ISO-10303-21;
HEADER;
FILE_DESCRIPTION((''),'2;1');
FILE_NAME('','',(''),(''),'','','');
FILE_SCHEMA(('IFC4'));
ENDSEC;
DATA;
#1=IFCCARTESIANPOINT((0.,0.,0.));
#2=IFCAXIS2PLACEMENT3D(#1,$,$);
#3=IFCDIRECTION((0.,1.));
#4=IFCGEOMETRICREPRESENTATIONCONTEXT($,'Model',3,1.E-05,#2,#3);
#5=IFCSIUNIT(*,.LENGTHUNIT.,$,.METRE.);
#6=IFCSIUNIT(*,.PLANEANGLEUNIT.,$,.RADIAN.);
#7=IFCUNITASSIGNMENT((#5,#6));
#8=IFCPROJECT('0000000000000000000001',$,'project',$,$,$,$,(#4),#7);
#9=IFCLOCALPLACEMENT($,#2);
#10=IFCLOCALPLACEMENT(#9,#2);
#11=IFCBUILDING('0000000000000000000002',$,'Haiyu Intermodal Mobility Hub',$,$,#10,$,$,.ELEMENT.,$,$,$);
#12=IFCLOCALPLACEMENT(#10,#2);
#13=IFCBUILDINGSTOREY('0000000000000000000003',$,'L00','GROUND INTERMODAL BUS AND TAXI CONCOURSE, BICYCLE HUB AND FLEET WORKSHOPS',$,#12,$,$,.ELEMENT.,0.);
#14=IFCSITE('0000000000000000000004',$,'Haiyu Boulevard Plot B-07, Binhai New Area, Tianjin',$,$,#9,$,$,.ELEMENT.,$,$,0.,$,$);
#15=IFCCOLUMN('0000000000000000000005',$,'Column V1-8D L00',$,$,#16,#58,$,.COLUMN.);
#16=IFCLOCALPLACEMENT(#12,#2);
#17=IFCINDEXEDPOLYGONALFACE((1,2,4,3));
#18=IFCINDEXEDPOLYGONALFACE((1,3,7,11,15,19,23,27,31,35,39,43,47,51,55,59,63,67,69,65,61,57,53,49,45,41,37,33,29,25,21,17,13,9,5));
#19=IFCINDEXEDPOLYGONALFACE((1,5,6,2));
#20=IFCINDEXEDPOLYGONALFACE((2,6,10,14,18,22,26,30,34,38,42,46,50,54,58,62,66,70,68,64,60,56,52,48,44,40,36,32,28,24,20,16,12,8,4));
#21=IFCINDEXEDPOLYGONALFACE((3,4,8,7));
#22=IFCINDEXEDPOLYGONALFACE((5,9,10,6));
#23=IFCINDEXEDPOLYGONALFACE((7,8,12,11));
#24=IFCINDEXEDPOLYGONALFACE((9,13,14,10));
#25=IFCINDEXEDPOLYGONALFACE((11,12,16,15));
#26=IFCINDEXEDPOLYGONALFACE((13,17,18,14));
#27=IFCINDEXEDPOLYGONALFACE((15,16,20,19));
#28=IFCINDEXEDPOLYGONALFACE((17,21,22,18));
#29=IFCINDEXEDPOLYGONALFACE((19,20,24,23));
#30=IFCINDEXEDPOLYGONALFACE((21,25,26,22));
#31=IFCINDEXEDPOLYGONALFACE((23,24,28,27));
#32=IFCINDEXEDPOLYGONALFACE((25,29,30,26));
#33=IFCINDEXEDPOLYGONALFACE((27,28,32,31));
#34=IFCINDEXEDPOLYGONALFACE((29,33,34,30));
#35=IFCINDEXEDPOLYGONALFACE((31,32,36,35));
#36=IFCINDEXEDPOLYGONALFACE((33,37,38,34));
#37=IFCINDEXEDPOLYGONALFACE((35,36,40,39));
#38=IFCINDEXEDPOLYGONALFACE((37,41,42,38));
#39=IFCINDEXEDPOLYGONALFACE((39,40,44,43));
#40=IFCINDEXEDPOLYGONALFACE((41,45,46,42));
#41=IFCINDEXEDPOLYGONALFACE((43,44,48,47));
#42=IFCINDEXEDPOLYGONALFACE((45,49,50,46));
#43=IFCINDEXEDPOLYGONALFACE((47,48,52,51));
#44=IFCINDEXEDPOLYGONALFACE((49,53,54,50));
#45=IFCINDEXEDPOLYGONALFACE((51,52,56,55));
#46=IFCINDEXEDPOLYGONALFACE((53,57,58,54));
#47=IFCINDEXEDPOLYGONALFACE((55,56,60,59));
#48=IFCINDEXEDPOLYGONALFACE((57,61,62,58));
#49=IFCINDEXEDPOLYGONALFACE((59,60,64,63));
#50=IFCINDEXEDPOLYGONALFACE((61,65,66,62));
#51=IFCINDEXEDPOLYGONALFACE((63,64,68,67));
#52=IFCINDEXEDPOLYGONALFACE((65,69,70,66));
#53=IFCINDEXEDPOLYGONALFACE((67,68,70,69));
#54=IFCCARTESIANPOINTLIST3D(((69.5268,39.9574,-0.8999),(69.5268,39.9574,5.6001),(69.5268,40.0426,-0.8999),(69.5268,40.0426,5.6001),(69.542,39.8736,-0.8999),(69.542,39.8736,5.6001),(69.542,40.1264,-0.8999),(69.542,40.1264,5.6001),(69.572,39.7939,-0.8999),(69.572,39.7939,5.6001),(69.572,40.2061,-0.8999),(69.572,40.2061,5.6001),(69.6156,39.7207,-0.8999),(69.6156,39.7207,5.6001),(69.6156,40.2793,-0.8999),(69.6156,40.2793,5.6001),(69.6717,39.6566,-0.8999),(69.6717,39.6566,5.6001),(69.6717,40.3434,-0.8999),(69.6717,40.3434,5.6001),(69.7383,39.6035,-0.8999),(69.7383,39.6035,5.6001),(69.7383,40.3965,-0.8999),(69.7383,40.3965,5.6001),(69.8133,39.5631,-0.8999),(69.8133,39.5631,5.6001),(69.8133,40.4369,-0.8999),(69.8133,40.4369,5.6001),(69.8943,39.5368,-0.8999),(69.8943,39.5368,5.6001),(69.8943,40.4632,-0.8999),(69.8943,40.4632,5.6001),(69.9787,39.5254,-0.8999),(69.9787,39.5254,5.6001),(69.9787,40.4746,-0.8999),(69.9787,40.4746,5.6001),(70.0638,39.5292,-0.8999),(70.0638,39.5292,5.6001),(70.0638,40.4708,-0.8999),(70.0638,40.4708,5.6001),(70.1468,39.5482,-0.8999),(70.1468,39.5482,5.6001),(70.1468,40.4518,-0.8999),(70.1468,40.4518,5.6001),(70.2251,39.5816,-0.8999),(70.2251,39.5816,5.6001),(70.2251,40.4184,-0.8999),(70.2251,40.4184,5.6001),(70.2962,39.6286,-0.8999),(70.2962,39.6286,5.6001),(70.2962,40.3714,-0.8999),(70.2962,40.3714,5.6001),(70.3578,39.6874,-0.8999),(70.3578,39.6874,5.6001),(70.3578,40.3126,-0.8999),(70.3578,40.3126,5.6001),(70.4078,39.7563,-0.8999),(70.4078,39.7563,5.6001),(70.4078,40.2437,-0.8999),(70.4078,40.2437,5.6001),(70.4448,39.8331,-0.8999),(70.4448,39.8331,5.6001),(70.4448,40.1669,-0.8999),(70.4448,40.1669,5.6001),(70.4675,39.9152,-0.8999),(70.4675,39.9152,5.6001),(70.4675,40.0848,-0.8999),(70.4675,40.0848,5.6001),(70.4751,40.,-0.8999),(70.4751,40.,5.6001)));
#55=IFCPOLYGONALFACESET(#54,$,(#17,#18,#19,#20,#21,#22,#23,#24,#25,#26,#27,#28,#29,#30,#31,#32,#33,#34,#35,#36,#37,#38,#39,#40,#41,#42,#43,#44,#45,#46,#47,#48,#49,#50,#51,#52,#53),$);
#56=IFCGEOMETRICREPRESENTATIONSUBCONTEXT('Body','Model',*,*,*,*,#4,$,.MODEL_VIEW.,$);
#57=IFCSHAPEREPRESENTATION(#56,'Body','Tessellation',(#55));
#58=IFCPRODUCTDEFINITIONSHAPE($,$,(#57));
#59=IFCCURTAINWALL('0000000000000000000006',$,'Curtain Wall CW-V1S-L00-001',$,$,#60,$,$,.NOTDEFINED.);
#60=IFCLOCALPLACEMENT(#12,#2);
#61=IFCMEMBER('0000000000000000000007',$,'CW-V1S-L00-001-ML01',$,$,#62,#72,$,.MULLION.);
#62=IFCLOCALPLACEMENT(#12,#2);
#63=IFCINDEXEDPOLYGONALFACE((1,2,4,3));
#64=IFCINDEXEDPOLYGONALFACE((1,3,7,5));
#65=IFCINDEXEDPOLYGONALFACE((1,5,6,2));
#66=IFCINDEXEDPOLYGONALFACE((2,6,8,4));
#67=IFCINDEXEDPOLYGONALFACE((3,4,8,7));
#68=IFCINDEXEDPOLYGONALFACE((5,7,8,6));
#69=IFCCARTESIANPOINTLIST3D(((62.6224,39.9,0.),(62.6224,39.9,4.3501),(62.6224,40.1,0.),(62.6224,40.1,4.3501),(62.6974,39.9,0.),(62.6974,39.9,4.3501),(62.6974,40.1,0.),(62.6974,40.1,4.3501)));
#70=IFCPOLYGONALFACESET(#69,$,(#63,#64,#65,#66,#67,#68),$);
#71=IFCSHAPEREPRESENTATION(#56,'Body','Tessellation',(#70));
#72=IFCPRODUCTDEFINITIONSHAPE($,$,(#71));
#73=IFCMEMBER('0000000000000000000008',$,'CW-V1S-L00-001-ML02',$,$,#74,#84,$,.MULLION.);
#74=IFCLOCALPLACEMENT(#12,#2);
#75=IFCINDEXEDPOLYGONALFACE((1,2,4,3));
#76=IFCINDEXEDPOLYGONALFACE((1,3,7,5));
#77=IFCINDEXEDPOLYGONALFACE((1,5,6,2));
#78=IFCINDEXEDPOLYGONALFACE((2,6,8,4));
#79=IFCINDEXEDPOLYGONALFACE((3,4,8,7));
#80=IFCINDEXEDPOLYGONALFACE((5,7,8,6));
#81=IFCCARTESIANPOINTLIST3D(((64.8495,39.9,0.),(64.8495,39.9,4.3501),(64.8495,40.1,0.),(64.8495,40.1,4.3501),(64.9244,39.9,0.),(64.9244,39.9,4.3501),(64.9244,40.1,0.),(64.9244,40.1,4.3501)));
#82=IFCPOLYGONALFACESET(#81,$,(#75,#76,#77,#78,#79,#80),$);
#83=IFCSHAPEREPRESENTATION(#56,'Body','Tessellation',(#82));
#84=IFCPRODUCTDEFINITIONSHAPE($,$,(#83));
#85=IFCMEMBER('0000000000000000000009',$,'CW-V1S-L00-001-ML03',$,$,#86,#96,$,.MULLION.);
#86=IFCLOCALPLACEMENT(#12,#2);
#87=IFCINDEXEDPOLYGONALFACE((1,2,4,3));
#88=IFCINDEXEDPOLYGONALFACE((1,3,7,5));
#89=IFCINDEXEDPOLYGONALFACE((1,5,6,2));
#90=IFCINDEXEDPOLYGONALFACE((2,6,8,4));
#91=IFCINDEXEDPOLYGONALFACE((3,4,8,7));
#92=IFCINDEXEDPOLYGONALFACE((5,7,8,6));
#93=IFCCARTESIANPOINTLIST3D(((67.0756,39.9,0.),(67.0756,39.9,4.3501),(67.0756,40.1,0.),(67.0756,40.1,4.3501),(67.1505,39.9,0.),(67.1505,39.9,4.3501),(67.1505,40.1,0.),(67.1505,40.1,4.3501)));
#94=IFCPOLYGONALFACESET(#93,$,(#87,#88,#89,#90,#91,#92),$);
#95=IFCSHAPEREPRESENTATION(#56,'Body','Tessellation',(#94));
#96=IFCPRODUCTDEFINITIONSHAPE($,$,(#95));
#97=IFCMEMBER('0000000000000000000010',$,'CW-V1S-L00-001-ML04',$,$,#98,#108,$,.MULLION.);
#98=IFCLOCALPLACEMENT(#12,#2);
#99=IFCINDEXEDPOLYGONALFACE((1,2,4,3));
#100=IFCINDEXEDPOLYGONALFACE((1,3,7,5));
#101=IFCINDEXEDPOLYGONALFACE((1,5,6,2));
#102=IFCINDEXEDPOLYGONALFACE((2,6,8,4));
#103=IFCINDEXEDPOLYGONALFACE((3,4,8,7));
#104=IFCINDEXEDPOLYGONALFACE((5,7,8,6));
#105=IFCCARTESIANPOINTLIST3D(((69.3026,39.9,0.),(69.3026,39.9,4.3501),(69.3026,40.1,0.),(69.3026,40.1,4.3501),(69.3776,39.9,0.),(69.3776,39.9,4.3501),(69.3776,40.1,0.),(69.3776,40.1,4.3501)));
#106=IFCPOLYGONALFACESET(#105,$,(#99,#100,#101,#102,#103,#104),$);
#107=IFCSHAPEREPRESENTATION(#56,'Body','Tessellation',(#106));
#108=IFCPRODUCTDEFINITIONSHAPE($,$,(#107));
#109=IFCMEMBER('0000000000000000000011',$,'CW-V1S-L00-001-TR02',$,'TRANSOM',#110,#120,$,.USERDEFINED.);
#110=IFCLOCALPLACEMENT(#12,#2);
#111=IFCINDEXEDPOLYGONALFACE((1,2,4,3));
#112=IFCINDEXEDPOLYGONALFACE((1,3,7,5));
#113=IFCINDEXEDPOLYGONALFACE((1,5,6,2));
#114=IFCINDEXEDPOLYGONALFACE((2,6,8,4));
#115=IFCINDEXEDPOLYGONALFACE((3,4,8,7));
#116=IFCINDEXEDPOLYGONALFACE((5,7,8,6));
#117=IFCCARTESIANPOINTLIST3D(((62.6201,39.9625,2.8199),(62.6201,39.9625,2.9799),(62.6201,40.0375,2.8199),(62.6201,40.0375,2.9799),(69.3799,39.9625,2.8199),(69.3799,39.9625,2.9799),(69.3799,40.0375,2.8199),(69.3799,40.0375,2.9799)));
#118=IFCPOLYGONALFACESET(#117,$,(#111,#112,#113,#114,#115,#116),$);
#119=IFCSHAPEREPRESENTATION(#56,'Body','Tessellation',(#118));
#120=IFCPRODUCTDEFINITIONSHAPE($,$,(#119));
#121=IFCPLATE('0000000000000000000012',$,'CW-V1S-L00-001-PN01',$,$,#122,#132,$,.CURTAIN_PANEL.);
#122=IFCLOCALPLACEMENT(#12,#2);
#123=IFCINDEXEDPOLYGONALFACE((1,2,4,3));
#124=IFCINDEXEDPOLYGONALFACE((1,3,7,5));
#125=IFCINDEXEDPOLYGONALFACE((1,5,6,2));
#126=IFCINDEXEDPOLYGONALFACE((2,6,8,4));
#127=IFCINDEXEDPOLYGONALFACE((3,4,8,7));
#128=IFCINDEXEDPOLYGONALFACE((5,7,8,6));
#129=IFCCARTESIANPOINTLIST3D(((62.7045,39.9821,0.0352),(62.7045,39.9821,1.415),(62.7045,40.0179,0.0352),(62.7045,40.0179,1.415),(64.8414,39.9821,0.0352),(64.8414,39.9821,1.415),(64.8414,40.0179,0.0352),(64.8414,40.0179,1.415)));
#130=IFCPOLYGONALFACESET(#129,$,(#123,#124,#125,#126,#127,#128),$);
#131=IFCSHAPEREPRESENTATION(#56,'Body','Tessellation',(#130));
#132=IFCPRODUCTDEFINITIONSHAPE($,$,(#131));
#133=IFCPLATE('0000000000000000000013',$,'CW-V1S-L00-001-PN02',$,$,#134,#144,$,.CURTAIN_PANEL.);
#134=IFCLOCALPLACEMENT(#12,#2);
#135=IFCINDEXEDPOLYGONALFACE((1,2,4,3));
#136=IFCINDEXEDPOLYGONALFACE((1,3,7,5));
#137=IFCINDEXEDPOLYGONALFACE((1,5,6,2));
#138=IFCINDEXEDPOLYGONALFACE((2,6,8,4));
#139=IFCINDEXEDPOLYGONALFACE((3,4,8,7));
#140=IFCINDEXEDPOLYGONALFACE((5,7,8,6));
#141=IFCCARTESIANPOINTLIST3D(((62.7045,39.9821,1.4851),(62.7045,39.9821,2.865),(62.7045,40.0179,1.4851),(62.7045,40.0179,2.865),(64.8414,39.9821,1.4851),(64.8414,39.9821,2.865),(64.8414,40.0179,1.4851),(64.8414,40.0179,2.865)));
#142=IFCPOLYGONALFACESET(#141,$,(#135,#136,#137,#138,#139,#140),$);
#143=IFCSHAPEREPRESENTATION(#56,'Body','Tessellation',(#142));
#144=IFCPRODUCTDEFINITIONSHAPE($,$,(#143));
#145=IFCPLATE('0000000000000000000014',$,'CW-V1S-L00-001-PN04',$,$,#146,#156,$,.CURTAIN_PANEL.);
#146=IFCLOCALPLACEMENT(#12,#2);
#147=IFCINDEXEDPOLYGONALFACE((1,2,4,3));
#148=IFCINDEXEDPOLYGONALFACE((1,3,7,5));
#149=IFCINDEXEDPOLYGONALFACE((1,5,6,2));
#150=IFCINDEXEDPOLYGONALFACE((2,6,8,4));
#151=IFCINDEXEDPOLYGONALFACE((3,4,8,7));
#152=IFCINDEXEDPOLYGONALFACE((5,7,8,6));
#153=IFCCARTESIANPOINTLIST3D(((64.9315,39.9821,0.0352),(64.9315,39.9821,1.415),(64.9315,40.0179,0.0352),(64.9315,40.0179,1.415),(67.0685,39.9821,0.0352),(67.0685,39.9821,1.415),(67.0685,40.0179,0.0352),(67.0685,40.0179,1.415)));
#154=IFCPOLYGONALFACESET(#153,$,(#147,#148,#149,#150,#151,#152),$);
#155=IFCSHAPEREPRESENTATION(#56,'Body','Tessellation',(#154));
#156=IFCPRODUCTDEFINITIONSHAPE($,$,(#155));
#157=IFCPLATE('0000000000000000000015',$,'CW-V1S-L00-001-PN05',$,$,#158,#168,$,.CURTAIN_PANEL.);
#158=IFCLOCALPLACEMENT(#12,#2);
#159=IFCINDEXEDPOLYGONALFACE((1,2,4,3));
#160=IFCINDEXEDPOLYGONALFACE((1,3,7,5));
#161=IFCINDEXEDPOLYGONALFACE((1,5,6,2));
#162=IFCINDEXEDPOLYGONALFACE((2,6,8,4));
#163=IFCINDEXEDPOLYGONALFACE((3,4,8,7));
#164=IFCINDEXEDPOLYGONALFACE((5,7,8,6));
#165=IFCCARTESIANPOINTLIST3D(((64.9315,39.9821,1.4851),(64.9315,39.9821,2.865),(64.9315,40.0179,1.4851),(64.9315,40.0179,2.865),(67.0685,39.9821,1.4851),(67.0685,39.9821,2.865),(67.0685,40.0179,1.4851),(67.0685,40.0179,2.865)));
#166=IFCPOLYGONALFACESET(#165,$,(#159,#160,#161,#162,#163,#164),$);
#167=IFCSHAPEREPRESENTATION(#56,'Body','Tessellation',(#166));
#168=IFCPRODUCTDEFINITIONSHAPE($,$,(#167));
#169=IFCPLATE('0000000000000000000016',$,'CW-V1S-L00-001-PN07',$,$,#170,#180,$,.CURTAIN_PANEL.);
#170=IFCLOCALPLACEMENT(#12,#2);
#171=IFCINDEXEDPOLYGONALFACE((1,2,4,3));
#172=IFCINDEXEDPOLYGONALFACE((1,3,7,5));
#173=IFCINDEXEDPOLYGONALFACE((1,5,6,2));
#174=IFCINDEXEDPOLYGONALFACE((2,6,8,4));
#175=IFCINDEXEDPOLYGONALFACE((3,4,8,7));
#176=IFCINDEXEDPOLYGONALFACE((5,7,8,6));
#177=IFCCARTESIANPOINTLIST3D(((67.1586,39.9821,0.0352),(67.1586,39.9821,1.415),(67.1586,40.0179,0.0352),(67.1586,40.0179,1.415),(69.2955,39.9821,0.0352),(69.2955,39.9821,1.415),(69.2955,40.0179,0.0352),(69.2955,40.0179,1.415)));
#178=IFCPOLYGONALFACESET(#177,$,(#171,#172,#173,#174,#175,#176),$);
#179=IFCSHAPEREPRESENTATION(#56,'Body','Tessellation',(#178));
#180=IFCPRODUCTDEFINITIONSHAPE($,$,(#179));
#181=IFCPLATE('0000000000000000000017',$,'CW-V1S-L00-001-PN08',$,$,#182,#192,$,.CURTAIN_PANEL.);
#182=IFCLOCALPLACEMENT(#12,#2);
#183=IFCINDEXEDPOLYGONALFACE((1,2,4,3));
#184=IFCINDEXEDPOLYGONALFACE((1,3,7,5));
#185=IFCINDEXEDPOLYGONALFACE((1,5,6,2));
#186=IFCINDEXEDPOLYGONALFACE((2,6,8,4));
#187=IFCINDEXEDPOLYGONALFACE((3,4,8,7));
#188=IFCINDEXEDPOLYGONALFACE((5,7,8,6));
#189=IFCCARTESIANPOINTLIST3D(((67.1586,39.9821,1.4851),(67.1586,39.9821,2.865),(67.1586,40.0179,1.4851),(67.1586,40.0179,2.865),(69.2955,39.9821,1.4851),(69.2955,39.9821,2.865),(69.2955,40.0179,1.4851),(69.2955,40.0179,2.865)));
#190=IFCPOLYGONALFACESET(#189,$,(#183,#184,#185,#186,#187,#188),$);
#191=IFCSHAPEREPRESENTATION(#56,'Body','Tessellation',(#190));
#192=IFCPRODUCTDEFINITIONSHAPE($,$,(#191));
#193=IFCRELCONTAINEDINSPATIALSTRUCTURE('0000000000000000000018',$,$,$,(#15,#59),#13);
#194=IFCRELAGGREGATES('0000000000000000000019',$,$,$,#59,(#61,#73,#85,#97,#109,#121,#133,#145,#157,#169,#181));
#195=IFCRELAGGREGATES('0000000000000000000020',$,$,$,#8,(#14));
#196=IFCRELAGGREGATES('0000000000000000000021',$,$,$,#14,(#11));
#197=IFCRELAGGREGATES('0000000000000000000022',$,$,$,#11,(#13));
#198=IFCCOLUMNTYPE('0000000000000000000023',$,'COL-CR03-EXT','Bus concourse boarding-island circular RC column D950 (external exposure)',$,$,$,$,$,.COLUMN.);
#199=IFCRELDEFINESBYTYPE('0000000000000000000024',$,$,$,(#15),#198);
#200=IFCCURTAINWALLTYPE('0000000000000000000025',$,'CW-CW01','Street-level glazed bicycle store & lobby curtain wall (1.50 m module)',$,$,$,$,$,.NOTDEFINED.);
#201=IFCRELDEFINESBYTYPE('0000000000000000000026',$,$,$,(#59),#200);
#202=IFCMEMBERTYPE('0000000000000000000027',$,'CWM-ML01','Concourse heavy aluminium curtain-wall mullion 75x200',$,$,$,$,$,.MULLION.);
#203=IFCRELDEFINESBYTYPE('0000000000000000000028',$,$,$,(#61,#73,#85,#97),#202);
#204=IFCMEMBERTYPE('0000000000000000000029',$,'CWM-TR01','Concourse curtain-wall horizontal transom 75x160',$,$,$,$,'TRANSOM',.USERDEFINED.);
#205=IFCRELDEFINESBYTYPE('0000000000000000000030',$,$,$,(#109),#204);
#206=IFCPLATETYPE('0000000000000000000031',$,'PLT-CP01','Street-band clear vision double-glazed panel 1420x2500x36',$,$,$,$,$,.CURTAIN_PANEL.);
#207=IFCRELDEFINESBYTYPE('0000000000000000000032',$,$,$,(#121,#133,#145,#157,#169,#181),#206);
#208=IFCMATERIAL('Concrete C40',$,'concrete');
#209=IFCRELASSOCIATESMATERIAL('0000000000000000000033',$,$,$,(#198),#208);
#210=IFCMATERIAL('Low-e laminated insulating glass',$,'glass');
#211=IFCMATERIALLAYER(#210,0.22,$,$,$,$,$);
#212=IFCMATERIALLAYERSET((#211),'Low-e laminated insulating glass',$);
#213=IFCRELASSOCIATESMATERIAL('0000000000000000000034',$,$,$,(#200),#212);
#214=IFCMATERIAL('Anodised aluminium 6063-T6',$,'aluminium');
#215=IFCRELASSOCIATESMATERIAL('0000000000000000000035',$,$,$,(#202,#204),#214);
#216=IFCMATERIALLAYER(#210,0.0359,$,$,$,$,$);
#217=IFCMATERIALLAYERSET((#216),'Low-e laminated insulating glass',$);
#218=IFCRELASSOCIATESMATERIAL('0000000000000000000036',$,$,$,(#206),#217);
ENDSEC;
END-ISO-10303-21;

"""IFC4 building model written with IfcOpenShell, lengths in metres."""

from ifc_helpers import new_model, si_unit, direction, frame, origin, origin_2d, place, context, subcontext, project, spatial, rectangle, circle, extrude, material, layer, layer_set, material_profile, profile_set, type_object, element, aggregate, save


model = new_model("IFC4")

# Units and contexts
model_context = context("Model", 3, precision=1e-05, world=origin(), true_north=direction((0.0, 1.0)))
body_context = subcontext(model_context, "Body", "Model", "MODEL_VIEW")
ifc_project = project(units=[si_unit("LENGTHUNIT", "METRE"), si_unit("PLANEANGLEUNIT", "RADIAN")], contexts=[model_context])

# Site, building, storey
site_placement = place(None, origin())
site = spatial("IfcSite", under=ifc_project, at=site_placement, Name="Haiyu Boulevard Plot B-07, Binhai New Area, Tianjin", CompositionType="ELEMENT", RefElevation=0.0)
building_placement = place(site_placement, origin())
building = spatial("IfcBuilding", under=site, at=building_placement, Name="Haiyu Intermodal Mobility Hub", CompositionType="ELEMENT")
storey_placement = place(building_placement, origin())
storey = spatial("IfcBuildingStorey", under=building, at=storey_placement, Name="L00", Description="GROUND INTERMODAL BUS AND TAXI CONCOURSE, BICYCLE HUB AND FLEET WORKSHOPS", CompositionType="ELEMENT", Elevation=0.0)

# Shared definitions
ifc_material_1 = material(Name="Concrete C40", Category="concrete")

# Column
ifc_material_profile_1 = material_profile(ifc_material_1, circle(Radius=0.4751, at=origin_2d()), Name="RCCOL-D950")
ifc_profile_set_1 = profile_set([ifc_material_profile_1], Name="Concrete C40")
column_type = type_object("IfcColumnType", Name="COL-CR03-EXT", Description="Bus concourse boarding-island circular RC column D950 (external exposure)", PredefinedType="COLUMN", material=ifc_profile_set_1)
column_placement = place(storey_placement, frame((70.0, 40.0, -0.8999), z_axis=(0.0, 0.0, 1.0), x_axis=(1.0, 0.0, 0.0)))
element("IfcColumn", 1, at=column_placement, inside=storey, type_object=column_type, Name="Column V1-8D L00", PredefinedType="COLUMN", context=body_context, shape_type="SweptSolid", body=[
    extrude(circle(Radius=0.4751, at=origin_2d()), origin(), (0.0, 0.0, 1.0), 6.5),
])

# Curtain wall, members, plates
ifc_material_2 = material(Name="Low-e laminated insulating glass", Category="glass")
ifc_layer_1 = layer(ifc_material_2, 0.22)
ifc_layer_set_1 = layer_set([ifc_layer_1], Name="Low-e laminated insulating glass")
curtain_wall_type = type_object("IfcCurtainWallType", Name="CW-CW01", Description="Street-level glazed bicycle store & lobby curtain wall (1.50 m module)", PredefinedType="NOTDEFINED", material=ifc_layer_set_1)
curtain_wall_placement = place(storey_placement, origin())
curtain_wall = element("IfcCurtainWall", 2, at=curtain_wall_placement, inside=storey, type_object=curtain_wall_type, Name="Curtain Wall CW-V1S-L00-001", PredefinedType="NOTDEFINED")
ifc_material_3 = material(Name="Anodised aluminium 6063-T6", Category="aluminium")
ifc_material_profile_2 = material_profile(ifc_material_3, rectangle(XDim=0.075, YDim=0.2, at=origin_2d()), Name="ALU75x200")
ifc_profile_set_2 = profile_set([ifc_material_profile_2], Name="Anodised aluminium 6063-T6")
member_type_1 = type_object("IfcMemberType", Name="CWM-ML01", Description="Concourse heavy aluminium curtain-wall mullion 75x200", PredefinedType="MULLION", material=ifc_profile_set_2)
member_1_placement = place(storey_placement, frame((62.6599, 40.0, 0.0), z_axis=(0.0, 0.0, 1.0), x_axis=(1.0, 0.0, 0.0)))
member_1 = element("IfcMember", 3, at=member_1_placement, type_object=member_type_1, Name="CW-V1S-L00-001-ML01", PredefinedType="MULLION", context=body_context, shape_type="SweptSolid", body=[
    extrude(rectangle(XDim=0.075, YDim=0.2, at=origin_2d()), origin(), (0.0, 0.0, 1.0), 4.3501),
])
member_2_placement = place(storey_placement, frame((64.887, 40.0, 0.0), z_axis=(0.0, 0.0, 1.0), x_axis=(1.0, 0.0, 0.0)))
member_2 = element("IfcMember", 4, at=member_2_placement, type_object=member_type_1, Name="CW-V1S-L00-001-ML02", PredefinedType="MULLION", context=body_context, shape_type="SweptSolid", body=[
    extrude(rectangle(XDim=0.075, YDim=0.2, at=origin_2d()), origin(), (0.0, 0.0, 1.0), 4.3501),
])
member_3_placement = place(storey_placement, frame((67.113, 40.0, 0.0), z_axis=(0.0, 0.0, 1.0), x_axis=(1.0, 0.0, 0.0)))
member_3 = element("IfcMember", 5, at=member_3_placement, type_object=member_type_1, Name="CW-V1S-L00-001-ML03", PredefinedType="MULLION", context=body_context, shape_type="SweptSolid", body=[
    extrude(rectangle(XDim=0.075, YDim=0.2, at=origin_2d()), origin(), (0.0, 0.0, 1.0), 4.3501),
])
member_4_placement = place(storey_placement, frame((69.3401, 40.0, 0.0), z_axis=(0.0, 0.0, 1.0), x_axis=(1.0, 0.0, 0.0)))
member_4 = element("IfcMember", 6, at=member_4_placement, type_object=member_type_1, Name="CW-V1S-L00-001-ML04", PredefinedType="MULLION", context=body_context, shape_type="SweptSolid", body=[
    extrude(rectangle(XDim=0.075, YDim=0.2, at=origin_2d()), origin(), (0.0, 0.0, 1.0), 4.3501),
])
ifc_material_profile_3 = material_profile(ifc_material_3, rectangle(XDim=0.075, YDim=0.1599, at=origin_2d()), Name="ALU75x160")
ifc_profile_set_3 = profile_set([ifc_material_profile_3], Name="Anodised aluminium 6063-T6")
member_type_2 = type_object("IfcMemberType", Name="CWM-TR01", Description="Concourse curtain-wall horizontal transom 75x160", ElementType="TRANSOM", PredefinedType="USERDEFINED", material=ifc_profile_set_3)
member_5_placement = place(storey_placement, frame((62.6201, 40.0, 2.8999), z_axis=(1.0, 0.0, 0.0), x_axis=(0.0, 1.0, 0.0)))
member_5 = element("IfcMember", 7, at=member_5_placement, type_object=member_type_2, Name="CW-V1S-L00-001-TR02", ObjectType="TRANSOM", PredefinedType="USERDEFINED", context=body_context, shape_type="SweptSolid", body=[
    extrude(rectangle(XDim=0.075, YDim=0.1599, at=origin_2d()), origin(), (0.0, 0.0, 1.0), 6.7598),
])
ifc_layer_2 = layer(ifc_material_2, 0.0359)
ifc_layer_set_2 = layer_set([ifc_layer_2], Name="Low-e laminated insulating glass")
plate_type_1 = type_object("IfcPlateType", Name="PLT-CP01", Description="Street-band clear vision double-glazed panel 1420x2500x36", PredefinedType="CURTAIN_PANEL", material=ifc_layer_set_2)
plate_1_placement = place(storey_placement, frame((63.7729, 40.0, 0.0352), z_axis=(0.0, 0.0, 1.0), x_axis=(1.0, 0.0, 0.0)))
plate_1 = element("IfcPlate", 8, at=plate_1_placement, type_object=plate_type_1, Name="CW-V1S-L00-001-PN01", PredefinedType="CURTAIN_PANEL", context=body_context, shape_type="SweptSolid", body=[
    extrude(rectangle(XDim=2.137, YDim=0.0359, at=origin_2d()), origin(), (0.0, 0.0, 1.0), 1.3799),
])
plate_2_placement = place(storey_placement, frame((63.7729, 40.0, 1.4851), z_axis=(0.0, 0.0, 1.0), x_axis=(1.0, 0.0, 0.0)))
plate_2 = element("IfcPlate", 9, at=plate_2_placement, type_object=plate_type_1, Name="CW-V1S-L00-001-PN02", PredefinedType="CURTAIN_PANEL", context=body_context, shape_type="SweptSolid", body=[
    extrude(rectangle(XDim=2.137, YDim=0.0359, at=origin_2d()), origin(), (0.0, 0.0, 1.0), 1.3799),
])
plate_3_placement = place(storey_placement, frame((66.0, 40.0, 0.0352), z_axis=(0.0, 0.0, 1.0), x_axis=(1.0, 0.0, 0.0)))
plate_3 = element("IfcPlate", 10, at=plate_3_placement, type_object=plate_type_1, Name="CW-V1S-L00-001-PN04", PredefinedType="CURTAIN_PANEL", context=body_context, shape_type="SweptSolid", body=[
    extrude(rectangle(XDim=2.137, YDim=0.0359, at=origin_2d()), origin(), (0.0, 0.0, 1.0), 1.3799),
])
plate_4_placement = place(storey_placement, frame((66.0, 40.0, 1.4851), z_axis=(0.0, 0.0, 1.0), x_axis=(1.0, 0.0, 0.0)))
plate_4 = element("IfcPlate", 11, at=plate_4_placement, type_object=plate_type_1, Name="CW-V1S-L00-001-PN05", PredefinedType="CURTAIN_PANEL", context=body_context, shape_type="SweptSolid", body=[
    extrude(rectangle(XDim=2.137, YDim=0.0359, at=origin_2d()), origin(), (0.0, 0.0, 1.0), 1.3799),
])
plate_5_placement = place(storey_placement, frame((68.2271, 40.0, 0.0352), z_axis=(0.0, 0.0, 1.0), x_axis=(1.0, 0.0, 0.0)))
plate_5 = element("IfcPlate", 12, at=plate_5_placement, type_object=plate_type_1, Name="CW-V1S-L00-001-PN07", PredefinedType="CURTAIN_PANEL", context=body_context, shape_type="SweptSolid", body=[
    extrude(rectangle(XDim=2.137, YDim=0.0359, at=origin_2d()), origin(), (0.0, 0.0, 1.0), 1.3799),
])
plate_6_placement = place(storey_placement, frame((68.2271, 40.0, 1.4851), z_axis=(0.0, 0.0, 1.0), x_axis=(1.0, 0.0, 0.0)))
plate_6 = element("IfcPlate", 13, at=plate_6_placement, type_object=plate_type_1, Name="CW-V1S-L00-001-PN08", PredefinedType="CURTAIN_PANEL", context=body_context, shape_type="SweptSolid", body=[
    extrude(rectangle(XDim=2.137, YDim=0.0359, at=origin_2d()), origin(), (0.0, 0.0, 1.0), 1.3799),
])
aggregate(curtain_wall, [member_1, member_2, member_3, member_4, member_5, plate_1, plate_2, plate_3, plate_4, plate_5, plate_6])

save(model, "model.ifc")
